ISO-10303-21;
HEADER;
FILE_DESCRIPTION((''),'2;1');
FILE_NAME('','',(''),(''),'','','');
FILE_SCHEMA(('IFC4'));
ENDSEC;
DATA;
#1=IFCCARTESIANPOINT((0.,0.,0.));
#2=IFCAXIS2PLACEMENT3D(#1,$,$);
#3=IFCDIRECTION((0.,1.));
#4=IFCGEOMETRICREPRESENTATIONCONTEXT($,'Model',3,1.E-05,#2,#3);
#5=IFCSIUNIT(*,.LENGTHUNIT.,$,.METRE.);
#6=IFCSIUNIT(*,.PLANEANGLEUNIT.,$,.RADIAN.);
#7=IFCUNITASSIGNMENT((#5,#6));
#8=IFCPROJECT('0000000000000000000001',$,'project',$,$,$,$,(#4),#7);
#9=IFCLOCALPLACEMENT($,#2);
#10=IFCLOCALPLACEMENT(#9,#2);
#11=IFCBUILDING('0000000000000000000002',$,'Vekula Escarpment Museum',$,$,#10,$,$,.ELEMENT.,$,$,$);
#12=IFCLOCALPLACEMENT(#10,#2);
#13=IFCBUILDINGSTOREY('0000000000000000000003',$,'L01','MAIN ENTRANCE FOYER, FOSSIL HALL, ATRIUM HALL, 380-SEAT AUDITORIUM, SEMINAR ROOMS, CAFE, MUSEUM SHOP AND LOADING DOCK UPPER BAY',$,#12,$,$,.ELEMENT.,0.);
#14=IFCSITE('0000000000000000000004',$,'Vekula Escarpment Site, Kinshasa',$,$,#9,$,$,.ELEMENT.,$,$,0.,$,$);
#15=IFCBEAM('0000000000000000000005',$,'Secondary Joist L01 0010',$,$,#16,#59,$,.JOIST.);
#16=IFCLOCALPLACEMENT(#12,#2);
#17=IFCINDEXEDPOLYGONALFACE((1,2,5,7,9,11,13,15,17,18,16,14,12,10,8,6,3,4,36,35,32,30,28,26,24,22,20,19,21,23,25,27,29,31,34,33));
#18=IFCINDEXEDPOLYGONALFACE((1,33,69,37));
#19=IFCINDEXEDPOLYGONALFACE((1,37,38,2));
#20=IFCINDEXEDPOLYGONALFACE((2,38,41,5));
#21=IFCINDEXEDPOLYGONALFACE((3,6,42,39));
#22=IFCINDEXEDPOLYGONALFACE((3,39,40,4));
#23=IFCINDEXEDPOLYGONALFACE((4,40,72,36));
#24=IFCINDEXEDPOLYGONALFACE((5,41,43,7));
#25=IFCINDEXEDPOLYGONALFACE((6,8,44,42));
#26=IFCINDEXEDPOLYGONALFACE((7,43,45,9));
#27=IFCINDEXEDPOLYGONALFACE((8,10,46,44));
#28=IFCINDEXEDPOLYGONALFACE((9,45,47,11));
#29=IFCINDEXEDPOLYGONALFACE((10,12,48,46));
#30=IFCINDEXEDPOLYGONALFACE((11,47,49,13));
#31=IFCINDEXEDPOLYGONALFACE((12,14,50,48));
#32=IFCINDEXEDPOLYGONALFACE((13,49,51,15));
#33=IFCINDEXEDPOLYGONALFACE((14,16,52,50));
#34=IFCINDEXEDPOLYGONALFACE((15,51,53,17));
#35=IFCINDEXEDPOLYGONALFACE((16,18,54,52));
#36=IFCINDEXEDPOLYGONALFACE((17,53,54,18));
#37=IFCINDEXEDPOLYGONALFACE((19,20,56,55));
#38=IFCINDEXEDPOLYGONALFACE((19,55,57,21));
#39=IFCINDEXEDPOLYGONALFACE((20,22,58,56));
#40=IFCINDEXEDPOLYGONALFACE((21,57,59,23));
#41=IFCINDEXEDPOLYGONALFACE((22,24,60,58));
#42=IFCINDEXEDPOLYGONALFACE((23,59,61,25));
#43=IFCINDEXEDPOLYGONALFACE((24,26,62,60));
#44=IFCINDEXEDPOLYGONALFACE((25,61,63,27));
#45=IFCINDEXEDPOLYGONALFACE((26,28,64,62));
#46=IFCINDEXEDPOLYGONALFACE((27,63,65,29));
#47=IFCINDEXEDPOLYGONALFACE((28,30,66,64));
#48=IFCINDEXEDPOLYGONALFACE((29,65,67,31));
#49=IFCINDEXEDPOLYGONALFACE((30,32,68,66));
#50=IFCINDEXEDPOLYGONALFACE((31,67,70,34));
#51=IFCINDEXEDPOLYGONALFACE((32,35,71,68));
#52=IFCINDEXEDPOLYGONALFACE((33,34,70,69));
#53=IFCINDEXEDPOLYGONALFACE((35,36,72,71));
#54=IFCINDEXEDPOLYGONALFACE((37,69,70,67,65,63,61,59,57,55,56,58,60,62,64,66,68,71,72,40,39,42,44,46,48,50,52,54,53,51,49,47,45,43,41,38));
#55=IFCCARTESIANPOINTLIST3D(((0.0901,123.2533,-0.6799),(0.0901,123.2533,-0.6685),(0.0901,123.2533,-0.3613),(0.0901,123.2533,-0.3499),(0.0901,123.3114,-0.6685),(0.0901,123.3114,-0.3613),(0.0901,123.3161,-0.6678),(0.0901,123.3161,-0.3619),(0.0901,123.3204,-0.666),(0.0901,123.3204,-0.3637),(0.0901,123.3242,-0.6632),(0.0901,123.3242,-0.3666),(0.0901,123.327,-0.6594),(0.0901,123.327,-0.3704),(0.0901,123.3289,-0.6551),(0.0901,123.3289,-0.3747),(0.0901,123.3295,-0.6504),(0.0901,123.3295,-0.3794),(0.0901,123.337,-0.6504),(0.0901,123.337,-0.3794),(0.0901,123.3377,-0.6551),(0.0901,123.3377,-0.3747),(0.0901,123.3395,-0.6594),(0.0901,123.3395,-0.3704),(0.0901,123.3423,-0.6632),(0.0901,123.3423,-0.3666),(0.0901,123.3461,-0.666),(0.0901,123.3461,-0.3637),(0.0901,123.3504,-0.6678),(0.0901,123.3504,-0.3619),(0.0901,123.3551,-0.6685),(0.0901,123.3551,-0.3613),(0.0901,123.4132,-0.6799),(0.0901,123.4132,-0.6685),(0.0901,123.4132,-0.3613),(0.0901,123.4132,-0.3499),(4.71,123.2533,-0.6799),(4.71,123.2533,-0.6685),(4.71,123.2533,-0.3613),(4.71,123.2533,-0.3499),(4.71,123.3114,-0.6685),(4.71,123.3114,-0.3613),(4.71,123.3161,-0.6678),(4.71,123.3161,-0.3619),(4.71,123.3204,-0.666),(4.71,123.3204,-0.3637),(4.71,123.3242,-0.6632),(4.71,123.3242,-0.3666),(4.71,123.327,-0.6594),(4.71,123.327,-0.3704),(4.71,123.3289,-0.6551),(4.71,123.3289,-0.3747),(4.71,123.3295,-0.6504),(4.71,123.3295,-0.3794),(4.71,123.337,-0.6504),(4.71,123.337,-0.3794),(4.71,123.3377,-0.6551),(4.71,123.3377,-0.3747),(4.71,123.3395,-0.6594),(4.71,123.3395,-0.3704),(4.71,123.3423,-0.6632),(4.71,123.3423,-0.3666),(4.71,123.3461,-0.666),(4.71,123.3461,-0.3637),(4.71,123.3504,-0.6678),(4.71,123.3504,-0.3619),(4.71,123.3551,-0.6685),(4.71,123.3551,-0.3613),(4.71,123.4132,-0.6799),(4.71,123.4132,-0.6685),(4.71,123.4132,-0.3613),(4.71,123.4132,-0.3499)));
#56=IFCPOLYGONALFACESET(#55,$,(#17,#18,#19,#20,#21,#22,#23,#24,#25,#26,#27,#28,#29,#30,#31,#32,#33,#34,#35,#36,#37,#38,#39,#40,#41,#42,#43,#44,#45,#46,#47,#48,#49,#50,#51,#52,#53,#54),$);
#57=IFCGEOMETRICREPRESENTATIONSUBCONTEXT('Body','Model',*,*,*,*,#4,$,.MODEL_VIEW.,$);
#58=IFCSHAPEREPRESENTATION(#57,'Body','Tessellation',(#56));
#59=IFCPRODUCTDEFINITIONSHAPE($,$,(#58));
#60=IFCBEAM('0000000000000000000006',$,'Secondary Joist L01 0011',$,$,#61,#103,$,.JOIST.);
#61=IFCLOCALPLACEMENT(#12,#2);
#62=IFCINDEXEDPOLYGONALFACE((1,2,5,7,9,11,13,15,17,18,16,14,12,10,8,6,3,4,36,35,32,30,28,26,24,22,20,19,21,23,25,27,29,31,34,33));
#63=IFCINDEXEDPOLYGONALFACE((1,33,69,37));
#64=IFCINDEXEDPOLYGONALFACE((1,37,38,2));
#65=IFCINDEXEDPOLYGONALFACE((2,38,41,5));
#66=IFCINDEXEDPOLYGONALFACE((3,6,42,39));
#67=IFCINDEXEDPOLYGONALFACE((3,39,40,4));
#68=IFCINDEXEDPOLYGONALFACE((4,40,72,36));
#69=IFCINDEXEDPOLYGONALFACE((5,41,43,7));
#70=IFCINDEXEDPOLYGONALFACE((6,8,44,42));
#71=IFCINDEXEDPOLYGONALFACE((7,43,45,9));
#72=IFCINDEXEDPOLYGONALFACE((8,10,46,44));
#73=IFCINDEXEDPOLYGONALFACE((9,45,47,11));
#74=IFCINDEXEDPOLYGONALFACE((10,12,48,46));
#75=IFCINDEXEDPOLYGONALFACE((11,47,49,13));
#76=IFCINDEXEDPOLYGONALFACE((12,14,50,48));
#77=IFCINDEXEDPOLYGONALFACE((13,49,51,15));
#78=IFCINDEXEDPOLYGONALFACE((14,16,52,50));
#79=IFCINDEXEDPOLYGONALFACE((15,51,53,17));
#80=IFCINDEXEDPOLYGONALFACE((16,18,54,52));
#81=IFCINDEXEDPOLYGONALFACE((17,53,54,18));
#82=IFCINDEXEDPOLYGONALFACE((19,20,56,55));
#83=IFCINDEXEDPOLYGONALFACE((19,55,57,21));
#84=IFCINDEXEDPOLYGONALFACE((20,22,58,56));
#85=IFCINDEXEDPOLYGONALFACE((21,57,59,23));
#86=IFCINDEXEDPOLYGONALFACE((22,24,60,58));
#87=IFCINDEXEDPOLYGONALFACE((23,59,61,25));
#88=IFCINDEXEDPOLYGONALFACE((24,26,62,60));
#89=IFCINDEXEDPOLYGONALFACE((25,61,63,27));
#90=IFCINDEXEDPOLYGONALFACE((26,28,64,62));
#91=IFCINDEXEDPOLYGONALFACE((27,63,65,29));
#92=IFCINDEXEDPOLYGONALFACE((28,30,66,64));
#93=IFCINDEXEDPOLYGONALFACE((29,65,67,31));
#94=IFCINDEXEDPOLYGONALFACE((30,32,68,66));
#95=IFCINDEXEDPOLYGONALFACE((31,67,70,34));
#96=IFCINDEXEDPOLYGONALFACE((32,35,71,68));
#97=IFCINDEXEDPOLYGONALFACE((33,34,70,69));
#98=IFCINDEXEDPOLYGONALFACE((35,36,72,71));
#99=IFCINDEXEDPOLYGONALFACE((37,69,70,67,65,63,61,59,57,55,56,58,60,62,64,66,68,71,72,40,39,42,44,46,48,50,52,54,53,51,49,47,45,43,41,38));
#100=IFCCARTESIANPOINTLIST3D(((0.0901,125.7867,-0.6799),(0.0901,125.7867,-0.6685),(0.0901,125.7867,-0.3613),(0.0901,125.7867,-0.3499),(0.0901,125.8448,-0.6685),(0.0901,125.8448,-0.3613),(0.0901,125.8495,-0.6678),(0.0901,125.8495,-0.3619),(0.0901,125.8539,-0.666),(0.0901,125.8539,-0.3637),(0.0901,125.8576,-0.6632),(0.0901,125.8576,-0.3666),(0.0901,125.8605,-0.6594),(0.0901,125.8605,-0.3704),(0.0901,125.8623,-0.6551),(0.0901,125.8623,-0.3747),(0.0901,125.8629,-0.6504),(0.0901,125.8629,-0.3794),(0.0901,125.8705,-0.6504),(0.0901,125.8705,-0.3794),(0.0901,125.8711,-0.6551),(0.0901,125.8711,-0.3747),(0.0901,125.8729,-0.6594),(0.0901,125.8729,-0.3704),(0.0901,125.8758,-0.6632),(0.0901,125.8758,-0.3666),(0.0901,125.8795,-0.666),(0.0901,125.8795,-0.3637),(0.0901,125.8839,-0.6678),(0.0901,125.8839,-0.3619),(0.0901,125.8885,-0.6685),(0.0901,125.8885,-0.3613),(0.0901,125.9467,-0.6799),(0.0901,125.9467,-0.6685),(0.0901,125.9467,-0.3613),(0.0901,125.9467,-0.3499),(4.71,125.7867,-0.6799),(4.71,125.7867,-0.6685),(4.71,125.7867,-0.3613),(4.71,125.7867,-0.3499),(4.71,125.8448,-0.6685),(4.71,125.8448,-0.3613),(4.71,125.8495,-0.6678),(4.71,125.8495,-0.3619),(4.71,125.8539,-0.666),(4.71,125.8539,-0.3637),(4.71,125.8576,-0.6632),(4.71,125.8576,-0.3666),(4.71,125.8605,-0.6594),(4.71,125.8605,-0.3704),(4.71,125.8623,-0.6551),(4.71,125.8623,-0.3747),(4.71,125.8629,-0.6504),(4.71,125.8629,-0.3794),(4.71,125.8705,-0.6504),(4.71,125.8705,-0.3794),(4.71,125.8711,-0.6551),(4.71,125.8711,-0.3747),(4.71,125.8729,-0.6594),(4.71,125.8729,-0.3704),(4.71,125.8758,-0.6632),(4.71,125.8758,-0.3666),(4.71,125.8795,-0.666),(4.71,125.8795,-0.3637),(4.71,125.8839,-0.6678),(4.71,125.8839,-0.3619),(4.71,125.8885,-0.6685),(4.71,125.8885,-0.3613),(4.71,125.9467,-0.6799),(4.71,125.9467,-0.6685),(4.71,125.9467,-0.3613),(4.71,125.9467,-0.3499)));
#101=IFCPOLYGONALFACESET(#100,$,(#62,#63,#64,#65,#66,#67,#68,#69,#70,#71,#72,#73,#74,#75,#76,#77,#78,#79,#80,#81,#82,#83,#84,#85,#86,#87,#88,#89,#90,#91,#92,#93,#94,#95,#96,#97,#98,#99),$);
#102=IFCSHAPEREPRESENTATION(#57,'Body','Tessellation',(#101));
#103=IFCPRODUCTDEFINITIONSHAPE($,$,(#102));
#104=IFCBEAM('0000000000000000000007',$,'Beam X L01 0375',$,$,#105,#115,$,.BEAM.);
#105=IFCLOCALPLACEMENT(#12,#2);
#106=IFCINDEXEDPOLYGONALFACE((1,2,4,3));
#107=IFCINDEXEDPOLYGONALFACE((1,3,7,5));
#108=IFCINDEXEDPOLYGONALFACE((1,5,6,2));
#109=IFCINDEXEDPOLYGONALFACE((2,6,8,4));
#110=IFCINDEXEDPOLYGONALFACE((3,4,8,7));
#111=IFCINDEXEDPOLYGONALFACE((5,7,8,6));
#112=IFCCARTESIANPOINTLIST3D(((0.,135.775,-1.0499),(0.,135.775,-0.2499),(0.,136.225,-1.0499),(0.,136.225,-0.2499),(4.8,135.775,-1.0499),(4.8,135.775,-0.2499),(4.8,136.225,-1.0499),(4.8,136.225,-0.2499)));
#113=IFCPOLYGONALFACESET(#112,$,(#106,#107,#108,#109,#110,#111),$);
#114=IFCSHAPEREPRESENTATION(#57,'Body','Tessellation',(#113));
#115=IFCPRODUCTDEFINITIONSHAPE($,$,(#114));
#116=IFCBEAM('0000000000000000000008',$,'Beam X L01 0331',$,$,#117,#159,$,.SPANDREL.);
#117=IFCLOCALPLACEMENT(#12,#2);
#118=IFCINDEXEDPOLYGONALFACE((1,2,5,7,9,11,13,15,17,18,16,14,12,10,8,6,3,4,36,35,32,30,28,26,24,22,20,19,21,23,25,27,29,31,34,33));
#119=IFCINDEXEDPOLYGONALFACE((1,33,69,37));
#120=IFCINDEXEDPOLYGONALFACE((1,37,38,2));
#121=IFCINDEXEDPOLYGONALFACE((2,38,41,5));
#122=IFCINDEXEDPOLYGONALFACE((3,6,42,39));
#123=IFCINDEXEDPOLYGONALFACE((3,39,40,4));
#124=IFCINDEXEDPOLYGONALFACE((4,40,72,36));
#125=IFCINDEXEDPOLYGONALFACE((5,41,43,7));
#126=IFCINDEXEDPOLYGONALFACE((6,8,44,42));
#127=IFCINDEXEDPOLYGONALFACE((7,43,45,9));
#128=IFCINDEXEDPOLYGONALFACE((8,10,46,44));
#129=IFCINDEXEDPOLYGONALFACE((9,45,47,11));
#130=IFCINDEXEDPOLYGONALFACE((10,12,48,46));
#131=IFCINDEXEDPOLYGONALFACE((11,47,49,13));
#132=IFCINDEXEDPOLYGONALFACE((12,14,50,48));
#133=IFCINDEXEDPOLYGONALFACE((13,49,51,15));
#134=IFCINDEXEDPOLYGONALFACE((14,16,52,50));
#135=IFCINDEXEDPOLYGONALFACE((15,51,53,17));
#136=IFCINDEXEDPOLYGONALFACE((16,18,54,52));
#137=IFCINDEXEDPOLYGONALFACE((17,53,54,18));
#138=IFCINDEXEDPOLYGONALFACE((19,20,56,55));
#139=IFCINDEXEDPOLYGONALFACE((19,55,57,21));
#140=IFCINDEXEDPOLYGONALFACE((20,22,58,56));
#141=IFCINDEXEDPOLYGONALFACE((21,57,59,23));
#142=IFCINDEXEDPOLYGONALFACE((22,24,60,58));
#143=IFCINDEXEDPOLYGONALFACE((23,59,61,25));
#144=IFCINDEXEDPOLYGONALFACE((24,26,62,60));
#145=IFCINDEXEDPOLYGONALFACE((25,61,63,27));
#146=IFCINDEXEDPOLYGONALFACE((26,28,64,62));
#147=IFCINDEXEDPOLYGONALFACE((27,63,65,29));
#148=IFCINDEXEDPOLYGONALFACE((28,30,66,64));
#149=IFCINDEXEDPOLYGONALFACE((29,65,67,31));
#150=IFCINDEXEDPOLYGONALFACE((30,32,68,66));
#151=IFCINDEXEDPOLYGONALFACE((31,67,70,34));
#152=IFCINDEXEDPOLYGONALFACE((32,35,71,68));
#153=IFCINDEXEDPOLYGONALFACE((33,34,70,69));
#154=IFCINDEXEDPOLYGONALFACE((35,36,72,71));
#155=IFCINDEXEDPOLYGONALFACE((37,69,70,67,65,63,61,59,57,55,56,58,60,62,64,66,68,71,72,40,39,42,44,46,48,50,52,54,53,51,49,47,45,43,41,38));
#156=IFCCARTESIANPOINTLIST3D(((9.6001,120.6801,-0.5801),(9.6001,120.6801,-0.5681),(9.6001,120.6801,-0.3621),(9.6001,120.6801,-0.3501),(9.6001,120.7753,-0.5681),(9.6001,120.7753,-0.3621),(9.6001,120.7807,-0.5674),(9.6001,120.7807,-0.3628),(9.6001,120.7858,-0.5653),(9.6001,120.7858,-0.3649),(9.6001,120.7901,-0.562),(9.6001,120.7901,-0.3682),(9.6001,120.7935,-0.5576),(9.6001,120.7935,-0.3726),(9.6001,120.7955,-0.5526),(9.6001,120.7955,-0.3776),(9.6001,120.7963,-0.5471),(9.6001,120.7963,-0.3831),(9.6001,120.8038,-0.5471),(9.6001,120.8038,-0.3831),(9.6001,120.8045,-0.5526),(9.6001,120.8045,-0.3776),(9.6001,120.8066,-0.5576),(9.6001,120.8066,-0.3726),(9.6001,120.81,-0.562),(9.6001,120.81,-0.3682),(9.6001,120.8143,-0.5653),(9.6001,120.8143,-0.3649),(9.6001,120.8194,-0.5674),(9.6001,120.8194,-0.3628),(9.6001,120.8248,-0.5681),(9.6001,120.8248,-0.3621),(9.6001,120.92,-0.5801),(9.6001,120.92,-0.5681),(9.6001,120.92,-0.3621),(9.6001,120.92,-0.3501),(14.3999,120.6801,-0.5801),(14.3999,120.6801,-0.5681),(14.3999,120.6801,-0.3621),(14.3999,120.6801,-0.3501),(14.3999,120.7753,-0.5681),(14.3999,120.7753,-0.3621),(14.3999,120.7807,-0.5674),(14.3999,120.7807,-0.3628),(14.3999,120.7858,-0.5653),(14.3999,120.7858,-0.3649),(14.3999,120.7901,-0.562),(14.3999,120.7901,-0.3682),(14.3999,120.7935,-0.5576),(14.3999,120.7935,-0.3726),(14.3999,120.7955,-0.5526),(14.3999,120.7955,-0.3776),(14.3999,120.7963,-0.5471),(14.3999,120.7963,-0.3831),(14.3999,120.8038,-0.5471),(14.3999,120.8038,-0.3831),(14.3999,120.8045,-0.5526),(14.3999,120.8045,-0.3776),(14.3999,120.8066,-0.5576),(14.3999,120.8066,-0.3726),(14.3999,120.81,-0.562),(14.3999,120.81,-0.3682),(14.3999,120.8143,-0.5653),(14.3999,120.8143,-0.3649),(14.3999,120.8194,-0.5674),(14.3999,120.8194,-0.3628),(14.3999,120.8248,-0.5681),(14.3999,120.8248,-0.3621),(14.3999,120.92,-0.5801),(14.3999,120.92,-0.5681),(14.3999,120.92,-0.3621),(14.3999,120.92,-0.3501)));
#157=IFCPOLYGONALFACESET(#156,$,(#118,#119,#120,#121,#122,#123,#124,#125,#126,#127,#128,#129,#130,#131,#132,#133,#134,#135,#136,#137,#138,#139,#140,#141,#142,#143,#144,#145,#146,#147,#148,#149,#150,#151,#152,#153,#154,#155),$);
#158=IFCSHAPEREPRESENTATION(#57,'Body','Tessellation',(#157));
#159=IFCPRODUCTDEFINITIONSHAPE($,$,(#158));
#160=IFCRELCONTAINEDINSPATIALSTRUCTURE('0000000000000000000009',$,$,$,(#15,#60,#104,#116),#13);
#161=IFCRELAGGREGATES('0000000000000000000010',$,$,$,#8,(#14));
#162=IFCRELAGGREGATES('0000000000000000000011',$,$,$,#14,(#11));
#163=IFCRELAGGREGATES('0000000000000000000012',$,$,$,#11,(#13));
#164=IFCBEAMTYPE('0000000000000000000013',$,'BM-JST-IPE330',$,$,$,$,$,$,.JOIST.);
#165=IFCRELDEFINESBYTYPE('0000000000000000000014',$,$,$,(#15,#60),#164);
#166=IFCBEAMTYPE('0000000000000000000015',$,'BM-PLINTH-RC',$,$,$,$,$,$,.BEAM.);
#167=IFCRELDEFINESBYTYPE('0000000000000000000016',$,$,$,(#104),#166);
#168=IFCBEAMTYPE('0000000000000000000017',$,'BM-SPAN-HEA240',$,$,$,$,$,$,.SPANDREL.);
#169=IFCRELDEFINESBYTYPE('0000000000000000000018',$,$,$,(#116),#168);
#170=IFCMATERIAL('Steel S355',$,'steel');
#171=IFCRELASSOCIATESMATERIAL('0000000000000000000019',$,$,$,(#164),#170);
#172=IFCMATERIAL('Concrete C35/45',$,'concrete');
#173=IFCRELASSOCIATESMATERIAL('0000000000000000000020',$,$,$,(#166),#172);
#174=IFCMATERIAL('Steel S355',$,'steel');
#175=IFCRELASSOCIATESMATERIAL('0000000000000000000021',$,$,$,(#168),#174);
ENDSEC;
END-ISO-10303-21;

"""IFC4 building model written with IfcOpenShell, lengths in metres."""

from ifc_helpers import new_model, si_unit, direction, frame, origin, origin_2d, place, context, subcontext, project, spatial, rectangle, i_section, extrude, material, material_profile, profile_set, type_object, element, save


model = new_model("IFC4")

# Units and contexts
model_context = context("Model", 3, precision=1e-05, world=origin(), true_north=direction((0.0, 1.0)))
body_context = subcontext(model_context, "Body", "Model", "MODEL_VIEW")
ifc_project = project(units=[si_unit("LENGTHUNIT", "METRE"), si_unit("PLANEANGLEUNIT", "RADIAN")], contexts=[model_context])

# Site, building, storey
site_placement = place(None, origin())
site = spatial("IfcSite", under=ifc_project, at=site_placement, Name="Vekula Escarpment Site, Kinshasa", CompositionType="ELEMENT", RefElevation=0.0)
building_placement = place(site_placement, origin())
building = spatial("IfcBuilding", under=site, at=building_placement, Name="Vekula Escarpment Museum", CompositionType="ELEMENT")
storey_placement = place(building_placement, origin())
storey = spatial("IfcBuildingStorey", under=building, at=storey_placement, Name="L01", Description="MAIN ENTRANCE FOYER, FOSSIL HALL, ATRIUM HALL, 380-SEAT AUDITORIUM, SEMINAR ROOMS, CAFE, MUSEUM SHOP AND LOADING DOCK UPPER BAY", CompositionType="ELEMENT", Elevation=0.0)

# Beams
ifc_material_1 = material(Name="Steel S355", Category="steel")
ifc_material_profile_1 = material_profile(ifc_material_1, i_section(OverallWidth=0.1599, OverallDepth=0.3301, WebThickness=0.0076, FlangeThickness=0.0115, FilletRadius=0.0181, at=origin_2d()), Name="IPE 330")
ifc_profile_set_1 = profile_set([ifc_material_profile_1], Name="Steel S355")
beam_type_1 = type_object("IfcBeamType", Name="BM-JST-IPE330", PredefinedType="JOIST", material=ifc_profile_set_1)
for number, where, z_axis, x_axis, name in (
    (1, (0.0901, 123.3333, -0.5149), (1.0, 0.0, 0.0), (0.0, 1.0, 0.0), "Secondary Joist L01 0010"),
    (2, (0.0901, 125.8667, -0.5149), (1.0, 0.0, 0.0), (0.0, 1.0, 0.0), "Secondary Joist L01 0011"),
):
    element("IfcBeam", number, at=place(storey_placement, frame(where, z_axis=z_axis, x_axis=x_axis)), inside=storey, type_object=beam_type_1, Name=name, PredefinedType="JOIST", context=body_context, shape_type="SweptSolid", body=[
        extrude(i_section(OverallWidth=0.1599, OverallDepth=0.3301, WebThickness=0.0076, FlangeThickness=0.0115, FilletRadius=0.0181, at=origin_2d()), origin(), (0.0, 0.0, 1.0), 4.6199),
    ])
ifc_material_2 = material(Name="Concrete C35/45", Category="concrete")
ifc_material_profile_2 = material_profile(ifc_material_2, rectangle(XDim=0.45, YDim=0.8, at=origin_2d()), Name="RC 450x800")
ifc_profile_set_2 = profile_set([ifc_material_profile_2], Name="Concrete C35/45")
beam_type_2 = type_object("IfcBeamType", Name="BM-PLINTH-RC", PredefinedType="BEAM", material=ifc_profile_set_2)
beam_1_placement = place(storey_placement, frame((0.0, 136.0, -0.6499), z_axis=(1.0, 0.0, 0.0), x_axis=(0.0, 1.0, 0.0)))
element("IfcBeam", 3, at=beam_1_placement, inside=storey, type_object=beam_type_2, Name="Beam X L01 0375", PredefinedType="BEAM", context=body_context, shape_type="SweptSolid", body=[
    extrude(rectangle(XDim=0.45, YDim=0.8, at=origin_2d()), origin(), (0.0, 0.0, 1.0), 4.8),
])
ifc_material_3 = material(Name="Steel S355", Category="steel")
ifc_material_profile_3 = material_profile(ifc_material_3, i_section(OverallWidth=0.24, OverallDepth=0.23, WebThickness=0.0076, FlangeThickness=0.012, FilletRadius=0.021, at=origin_2d()), Name="HEA 240")
ifc_profile_set_3 = profile_set([ifc_material_profile_3], Name="Steel S355")
beam_type_3 = type_object("IfcBeamType", Name="BM-SPAN-HEA240", PredefinedType="SPANDREL", material=ifc_profile_set_3)
beam_2_placement = place(storey_placement, frame((9.6001, 120.8, -0.4651), z_axis=(1.0, 0.0, 0.0), x_axis=(0.0, 1.0, 0.0)))
element("IfcBeam", 4, at=beam_2_placement, inside=storey, type_object=beam_type_3, Name="Beam X L01 0331", PredefinedType="SPANDREL", context=body_context, shape_type="SweptSolid", body=[
    extrude(i_section(OverallWidth=0.24, OverallDepth=0.23, WebThickness=0.0076, FlangeThickness=0.012, FilletRadius=0.021, at=origin_2d()), origin(), (0.0, 0.0, 1.0), 4.7998),
])

save(model, "model.ifc")
